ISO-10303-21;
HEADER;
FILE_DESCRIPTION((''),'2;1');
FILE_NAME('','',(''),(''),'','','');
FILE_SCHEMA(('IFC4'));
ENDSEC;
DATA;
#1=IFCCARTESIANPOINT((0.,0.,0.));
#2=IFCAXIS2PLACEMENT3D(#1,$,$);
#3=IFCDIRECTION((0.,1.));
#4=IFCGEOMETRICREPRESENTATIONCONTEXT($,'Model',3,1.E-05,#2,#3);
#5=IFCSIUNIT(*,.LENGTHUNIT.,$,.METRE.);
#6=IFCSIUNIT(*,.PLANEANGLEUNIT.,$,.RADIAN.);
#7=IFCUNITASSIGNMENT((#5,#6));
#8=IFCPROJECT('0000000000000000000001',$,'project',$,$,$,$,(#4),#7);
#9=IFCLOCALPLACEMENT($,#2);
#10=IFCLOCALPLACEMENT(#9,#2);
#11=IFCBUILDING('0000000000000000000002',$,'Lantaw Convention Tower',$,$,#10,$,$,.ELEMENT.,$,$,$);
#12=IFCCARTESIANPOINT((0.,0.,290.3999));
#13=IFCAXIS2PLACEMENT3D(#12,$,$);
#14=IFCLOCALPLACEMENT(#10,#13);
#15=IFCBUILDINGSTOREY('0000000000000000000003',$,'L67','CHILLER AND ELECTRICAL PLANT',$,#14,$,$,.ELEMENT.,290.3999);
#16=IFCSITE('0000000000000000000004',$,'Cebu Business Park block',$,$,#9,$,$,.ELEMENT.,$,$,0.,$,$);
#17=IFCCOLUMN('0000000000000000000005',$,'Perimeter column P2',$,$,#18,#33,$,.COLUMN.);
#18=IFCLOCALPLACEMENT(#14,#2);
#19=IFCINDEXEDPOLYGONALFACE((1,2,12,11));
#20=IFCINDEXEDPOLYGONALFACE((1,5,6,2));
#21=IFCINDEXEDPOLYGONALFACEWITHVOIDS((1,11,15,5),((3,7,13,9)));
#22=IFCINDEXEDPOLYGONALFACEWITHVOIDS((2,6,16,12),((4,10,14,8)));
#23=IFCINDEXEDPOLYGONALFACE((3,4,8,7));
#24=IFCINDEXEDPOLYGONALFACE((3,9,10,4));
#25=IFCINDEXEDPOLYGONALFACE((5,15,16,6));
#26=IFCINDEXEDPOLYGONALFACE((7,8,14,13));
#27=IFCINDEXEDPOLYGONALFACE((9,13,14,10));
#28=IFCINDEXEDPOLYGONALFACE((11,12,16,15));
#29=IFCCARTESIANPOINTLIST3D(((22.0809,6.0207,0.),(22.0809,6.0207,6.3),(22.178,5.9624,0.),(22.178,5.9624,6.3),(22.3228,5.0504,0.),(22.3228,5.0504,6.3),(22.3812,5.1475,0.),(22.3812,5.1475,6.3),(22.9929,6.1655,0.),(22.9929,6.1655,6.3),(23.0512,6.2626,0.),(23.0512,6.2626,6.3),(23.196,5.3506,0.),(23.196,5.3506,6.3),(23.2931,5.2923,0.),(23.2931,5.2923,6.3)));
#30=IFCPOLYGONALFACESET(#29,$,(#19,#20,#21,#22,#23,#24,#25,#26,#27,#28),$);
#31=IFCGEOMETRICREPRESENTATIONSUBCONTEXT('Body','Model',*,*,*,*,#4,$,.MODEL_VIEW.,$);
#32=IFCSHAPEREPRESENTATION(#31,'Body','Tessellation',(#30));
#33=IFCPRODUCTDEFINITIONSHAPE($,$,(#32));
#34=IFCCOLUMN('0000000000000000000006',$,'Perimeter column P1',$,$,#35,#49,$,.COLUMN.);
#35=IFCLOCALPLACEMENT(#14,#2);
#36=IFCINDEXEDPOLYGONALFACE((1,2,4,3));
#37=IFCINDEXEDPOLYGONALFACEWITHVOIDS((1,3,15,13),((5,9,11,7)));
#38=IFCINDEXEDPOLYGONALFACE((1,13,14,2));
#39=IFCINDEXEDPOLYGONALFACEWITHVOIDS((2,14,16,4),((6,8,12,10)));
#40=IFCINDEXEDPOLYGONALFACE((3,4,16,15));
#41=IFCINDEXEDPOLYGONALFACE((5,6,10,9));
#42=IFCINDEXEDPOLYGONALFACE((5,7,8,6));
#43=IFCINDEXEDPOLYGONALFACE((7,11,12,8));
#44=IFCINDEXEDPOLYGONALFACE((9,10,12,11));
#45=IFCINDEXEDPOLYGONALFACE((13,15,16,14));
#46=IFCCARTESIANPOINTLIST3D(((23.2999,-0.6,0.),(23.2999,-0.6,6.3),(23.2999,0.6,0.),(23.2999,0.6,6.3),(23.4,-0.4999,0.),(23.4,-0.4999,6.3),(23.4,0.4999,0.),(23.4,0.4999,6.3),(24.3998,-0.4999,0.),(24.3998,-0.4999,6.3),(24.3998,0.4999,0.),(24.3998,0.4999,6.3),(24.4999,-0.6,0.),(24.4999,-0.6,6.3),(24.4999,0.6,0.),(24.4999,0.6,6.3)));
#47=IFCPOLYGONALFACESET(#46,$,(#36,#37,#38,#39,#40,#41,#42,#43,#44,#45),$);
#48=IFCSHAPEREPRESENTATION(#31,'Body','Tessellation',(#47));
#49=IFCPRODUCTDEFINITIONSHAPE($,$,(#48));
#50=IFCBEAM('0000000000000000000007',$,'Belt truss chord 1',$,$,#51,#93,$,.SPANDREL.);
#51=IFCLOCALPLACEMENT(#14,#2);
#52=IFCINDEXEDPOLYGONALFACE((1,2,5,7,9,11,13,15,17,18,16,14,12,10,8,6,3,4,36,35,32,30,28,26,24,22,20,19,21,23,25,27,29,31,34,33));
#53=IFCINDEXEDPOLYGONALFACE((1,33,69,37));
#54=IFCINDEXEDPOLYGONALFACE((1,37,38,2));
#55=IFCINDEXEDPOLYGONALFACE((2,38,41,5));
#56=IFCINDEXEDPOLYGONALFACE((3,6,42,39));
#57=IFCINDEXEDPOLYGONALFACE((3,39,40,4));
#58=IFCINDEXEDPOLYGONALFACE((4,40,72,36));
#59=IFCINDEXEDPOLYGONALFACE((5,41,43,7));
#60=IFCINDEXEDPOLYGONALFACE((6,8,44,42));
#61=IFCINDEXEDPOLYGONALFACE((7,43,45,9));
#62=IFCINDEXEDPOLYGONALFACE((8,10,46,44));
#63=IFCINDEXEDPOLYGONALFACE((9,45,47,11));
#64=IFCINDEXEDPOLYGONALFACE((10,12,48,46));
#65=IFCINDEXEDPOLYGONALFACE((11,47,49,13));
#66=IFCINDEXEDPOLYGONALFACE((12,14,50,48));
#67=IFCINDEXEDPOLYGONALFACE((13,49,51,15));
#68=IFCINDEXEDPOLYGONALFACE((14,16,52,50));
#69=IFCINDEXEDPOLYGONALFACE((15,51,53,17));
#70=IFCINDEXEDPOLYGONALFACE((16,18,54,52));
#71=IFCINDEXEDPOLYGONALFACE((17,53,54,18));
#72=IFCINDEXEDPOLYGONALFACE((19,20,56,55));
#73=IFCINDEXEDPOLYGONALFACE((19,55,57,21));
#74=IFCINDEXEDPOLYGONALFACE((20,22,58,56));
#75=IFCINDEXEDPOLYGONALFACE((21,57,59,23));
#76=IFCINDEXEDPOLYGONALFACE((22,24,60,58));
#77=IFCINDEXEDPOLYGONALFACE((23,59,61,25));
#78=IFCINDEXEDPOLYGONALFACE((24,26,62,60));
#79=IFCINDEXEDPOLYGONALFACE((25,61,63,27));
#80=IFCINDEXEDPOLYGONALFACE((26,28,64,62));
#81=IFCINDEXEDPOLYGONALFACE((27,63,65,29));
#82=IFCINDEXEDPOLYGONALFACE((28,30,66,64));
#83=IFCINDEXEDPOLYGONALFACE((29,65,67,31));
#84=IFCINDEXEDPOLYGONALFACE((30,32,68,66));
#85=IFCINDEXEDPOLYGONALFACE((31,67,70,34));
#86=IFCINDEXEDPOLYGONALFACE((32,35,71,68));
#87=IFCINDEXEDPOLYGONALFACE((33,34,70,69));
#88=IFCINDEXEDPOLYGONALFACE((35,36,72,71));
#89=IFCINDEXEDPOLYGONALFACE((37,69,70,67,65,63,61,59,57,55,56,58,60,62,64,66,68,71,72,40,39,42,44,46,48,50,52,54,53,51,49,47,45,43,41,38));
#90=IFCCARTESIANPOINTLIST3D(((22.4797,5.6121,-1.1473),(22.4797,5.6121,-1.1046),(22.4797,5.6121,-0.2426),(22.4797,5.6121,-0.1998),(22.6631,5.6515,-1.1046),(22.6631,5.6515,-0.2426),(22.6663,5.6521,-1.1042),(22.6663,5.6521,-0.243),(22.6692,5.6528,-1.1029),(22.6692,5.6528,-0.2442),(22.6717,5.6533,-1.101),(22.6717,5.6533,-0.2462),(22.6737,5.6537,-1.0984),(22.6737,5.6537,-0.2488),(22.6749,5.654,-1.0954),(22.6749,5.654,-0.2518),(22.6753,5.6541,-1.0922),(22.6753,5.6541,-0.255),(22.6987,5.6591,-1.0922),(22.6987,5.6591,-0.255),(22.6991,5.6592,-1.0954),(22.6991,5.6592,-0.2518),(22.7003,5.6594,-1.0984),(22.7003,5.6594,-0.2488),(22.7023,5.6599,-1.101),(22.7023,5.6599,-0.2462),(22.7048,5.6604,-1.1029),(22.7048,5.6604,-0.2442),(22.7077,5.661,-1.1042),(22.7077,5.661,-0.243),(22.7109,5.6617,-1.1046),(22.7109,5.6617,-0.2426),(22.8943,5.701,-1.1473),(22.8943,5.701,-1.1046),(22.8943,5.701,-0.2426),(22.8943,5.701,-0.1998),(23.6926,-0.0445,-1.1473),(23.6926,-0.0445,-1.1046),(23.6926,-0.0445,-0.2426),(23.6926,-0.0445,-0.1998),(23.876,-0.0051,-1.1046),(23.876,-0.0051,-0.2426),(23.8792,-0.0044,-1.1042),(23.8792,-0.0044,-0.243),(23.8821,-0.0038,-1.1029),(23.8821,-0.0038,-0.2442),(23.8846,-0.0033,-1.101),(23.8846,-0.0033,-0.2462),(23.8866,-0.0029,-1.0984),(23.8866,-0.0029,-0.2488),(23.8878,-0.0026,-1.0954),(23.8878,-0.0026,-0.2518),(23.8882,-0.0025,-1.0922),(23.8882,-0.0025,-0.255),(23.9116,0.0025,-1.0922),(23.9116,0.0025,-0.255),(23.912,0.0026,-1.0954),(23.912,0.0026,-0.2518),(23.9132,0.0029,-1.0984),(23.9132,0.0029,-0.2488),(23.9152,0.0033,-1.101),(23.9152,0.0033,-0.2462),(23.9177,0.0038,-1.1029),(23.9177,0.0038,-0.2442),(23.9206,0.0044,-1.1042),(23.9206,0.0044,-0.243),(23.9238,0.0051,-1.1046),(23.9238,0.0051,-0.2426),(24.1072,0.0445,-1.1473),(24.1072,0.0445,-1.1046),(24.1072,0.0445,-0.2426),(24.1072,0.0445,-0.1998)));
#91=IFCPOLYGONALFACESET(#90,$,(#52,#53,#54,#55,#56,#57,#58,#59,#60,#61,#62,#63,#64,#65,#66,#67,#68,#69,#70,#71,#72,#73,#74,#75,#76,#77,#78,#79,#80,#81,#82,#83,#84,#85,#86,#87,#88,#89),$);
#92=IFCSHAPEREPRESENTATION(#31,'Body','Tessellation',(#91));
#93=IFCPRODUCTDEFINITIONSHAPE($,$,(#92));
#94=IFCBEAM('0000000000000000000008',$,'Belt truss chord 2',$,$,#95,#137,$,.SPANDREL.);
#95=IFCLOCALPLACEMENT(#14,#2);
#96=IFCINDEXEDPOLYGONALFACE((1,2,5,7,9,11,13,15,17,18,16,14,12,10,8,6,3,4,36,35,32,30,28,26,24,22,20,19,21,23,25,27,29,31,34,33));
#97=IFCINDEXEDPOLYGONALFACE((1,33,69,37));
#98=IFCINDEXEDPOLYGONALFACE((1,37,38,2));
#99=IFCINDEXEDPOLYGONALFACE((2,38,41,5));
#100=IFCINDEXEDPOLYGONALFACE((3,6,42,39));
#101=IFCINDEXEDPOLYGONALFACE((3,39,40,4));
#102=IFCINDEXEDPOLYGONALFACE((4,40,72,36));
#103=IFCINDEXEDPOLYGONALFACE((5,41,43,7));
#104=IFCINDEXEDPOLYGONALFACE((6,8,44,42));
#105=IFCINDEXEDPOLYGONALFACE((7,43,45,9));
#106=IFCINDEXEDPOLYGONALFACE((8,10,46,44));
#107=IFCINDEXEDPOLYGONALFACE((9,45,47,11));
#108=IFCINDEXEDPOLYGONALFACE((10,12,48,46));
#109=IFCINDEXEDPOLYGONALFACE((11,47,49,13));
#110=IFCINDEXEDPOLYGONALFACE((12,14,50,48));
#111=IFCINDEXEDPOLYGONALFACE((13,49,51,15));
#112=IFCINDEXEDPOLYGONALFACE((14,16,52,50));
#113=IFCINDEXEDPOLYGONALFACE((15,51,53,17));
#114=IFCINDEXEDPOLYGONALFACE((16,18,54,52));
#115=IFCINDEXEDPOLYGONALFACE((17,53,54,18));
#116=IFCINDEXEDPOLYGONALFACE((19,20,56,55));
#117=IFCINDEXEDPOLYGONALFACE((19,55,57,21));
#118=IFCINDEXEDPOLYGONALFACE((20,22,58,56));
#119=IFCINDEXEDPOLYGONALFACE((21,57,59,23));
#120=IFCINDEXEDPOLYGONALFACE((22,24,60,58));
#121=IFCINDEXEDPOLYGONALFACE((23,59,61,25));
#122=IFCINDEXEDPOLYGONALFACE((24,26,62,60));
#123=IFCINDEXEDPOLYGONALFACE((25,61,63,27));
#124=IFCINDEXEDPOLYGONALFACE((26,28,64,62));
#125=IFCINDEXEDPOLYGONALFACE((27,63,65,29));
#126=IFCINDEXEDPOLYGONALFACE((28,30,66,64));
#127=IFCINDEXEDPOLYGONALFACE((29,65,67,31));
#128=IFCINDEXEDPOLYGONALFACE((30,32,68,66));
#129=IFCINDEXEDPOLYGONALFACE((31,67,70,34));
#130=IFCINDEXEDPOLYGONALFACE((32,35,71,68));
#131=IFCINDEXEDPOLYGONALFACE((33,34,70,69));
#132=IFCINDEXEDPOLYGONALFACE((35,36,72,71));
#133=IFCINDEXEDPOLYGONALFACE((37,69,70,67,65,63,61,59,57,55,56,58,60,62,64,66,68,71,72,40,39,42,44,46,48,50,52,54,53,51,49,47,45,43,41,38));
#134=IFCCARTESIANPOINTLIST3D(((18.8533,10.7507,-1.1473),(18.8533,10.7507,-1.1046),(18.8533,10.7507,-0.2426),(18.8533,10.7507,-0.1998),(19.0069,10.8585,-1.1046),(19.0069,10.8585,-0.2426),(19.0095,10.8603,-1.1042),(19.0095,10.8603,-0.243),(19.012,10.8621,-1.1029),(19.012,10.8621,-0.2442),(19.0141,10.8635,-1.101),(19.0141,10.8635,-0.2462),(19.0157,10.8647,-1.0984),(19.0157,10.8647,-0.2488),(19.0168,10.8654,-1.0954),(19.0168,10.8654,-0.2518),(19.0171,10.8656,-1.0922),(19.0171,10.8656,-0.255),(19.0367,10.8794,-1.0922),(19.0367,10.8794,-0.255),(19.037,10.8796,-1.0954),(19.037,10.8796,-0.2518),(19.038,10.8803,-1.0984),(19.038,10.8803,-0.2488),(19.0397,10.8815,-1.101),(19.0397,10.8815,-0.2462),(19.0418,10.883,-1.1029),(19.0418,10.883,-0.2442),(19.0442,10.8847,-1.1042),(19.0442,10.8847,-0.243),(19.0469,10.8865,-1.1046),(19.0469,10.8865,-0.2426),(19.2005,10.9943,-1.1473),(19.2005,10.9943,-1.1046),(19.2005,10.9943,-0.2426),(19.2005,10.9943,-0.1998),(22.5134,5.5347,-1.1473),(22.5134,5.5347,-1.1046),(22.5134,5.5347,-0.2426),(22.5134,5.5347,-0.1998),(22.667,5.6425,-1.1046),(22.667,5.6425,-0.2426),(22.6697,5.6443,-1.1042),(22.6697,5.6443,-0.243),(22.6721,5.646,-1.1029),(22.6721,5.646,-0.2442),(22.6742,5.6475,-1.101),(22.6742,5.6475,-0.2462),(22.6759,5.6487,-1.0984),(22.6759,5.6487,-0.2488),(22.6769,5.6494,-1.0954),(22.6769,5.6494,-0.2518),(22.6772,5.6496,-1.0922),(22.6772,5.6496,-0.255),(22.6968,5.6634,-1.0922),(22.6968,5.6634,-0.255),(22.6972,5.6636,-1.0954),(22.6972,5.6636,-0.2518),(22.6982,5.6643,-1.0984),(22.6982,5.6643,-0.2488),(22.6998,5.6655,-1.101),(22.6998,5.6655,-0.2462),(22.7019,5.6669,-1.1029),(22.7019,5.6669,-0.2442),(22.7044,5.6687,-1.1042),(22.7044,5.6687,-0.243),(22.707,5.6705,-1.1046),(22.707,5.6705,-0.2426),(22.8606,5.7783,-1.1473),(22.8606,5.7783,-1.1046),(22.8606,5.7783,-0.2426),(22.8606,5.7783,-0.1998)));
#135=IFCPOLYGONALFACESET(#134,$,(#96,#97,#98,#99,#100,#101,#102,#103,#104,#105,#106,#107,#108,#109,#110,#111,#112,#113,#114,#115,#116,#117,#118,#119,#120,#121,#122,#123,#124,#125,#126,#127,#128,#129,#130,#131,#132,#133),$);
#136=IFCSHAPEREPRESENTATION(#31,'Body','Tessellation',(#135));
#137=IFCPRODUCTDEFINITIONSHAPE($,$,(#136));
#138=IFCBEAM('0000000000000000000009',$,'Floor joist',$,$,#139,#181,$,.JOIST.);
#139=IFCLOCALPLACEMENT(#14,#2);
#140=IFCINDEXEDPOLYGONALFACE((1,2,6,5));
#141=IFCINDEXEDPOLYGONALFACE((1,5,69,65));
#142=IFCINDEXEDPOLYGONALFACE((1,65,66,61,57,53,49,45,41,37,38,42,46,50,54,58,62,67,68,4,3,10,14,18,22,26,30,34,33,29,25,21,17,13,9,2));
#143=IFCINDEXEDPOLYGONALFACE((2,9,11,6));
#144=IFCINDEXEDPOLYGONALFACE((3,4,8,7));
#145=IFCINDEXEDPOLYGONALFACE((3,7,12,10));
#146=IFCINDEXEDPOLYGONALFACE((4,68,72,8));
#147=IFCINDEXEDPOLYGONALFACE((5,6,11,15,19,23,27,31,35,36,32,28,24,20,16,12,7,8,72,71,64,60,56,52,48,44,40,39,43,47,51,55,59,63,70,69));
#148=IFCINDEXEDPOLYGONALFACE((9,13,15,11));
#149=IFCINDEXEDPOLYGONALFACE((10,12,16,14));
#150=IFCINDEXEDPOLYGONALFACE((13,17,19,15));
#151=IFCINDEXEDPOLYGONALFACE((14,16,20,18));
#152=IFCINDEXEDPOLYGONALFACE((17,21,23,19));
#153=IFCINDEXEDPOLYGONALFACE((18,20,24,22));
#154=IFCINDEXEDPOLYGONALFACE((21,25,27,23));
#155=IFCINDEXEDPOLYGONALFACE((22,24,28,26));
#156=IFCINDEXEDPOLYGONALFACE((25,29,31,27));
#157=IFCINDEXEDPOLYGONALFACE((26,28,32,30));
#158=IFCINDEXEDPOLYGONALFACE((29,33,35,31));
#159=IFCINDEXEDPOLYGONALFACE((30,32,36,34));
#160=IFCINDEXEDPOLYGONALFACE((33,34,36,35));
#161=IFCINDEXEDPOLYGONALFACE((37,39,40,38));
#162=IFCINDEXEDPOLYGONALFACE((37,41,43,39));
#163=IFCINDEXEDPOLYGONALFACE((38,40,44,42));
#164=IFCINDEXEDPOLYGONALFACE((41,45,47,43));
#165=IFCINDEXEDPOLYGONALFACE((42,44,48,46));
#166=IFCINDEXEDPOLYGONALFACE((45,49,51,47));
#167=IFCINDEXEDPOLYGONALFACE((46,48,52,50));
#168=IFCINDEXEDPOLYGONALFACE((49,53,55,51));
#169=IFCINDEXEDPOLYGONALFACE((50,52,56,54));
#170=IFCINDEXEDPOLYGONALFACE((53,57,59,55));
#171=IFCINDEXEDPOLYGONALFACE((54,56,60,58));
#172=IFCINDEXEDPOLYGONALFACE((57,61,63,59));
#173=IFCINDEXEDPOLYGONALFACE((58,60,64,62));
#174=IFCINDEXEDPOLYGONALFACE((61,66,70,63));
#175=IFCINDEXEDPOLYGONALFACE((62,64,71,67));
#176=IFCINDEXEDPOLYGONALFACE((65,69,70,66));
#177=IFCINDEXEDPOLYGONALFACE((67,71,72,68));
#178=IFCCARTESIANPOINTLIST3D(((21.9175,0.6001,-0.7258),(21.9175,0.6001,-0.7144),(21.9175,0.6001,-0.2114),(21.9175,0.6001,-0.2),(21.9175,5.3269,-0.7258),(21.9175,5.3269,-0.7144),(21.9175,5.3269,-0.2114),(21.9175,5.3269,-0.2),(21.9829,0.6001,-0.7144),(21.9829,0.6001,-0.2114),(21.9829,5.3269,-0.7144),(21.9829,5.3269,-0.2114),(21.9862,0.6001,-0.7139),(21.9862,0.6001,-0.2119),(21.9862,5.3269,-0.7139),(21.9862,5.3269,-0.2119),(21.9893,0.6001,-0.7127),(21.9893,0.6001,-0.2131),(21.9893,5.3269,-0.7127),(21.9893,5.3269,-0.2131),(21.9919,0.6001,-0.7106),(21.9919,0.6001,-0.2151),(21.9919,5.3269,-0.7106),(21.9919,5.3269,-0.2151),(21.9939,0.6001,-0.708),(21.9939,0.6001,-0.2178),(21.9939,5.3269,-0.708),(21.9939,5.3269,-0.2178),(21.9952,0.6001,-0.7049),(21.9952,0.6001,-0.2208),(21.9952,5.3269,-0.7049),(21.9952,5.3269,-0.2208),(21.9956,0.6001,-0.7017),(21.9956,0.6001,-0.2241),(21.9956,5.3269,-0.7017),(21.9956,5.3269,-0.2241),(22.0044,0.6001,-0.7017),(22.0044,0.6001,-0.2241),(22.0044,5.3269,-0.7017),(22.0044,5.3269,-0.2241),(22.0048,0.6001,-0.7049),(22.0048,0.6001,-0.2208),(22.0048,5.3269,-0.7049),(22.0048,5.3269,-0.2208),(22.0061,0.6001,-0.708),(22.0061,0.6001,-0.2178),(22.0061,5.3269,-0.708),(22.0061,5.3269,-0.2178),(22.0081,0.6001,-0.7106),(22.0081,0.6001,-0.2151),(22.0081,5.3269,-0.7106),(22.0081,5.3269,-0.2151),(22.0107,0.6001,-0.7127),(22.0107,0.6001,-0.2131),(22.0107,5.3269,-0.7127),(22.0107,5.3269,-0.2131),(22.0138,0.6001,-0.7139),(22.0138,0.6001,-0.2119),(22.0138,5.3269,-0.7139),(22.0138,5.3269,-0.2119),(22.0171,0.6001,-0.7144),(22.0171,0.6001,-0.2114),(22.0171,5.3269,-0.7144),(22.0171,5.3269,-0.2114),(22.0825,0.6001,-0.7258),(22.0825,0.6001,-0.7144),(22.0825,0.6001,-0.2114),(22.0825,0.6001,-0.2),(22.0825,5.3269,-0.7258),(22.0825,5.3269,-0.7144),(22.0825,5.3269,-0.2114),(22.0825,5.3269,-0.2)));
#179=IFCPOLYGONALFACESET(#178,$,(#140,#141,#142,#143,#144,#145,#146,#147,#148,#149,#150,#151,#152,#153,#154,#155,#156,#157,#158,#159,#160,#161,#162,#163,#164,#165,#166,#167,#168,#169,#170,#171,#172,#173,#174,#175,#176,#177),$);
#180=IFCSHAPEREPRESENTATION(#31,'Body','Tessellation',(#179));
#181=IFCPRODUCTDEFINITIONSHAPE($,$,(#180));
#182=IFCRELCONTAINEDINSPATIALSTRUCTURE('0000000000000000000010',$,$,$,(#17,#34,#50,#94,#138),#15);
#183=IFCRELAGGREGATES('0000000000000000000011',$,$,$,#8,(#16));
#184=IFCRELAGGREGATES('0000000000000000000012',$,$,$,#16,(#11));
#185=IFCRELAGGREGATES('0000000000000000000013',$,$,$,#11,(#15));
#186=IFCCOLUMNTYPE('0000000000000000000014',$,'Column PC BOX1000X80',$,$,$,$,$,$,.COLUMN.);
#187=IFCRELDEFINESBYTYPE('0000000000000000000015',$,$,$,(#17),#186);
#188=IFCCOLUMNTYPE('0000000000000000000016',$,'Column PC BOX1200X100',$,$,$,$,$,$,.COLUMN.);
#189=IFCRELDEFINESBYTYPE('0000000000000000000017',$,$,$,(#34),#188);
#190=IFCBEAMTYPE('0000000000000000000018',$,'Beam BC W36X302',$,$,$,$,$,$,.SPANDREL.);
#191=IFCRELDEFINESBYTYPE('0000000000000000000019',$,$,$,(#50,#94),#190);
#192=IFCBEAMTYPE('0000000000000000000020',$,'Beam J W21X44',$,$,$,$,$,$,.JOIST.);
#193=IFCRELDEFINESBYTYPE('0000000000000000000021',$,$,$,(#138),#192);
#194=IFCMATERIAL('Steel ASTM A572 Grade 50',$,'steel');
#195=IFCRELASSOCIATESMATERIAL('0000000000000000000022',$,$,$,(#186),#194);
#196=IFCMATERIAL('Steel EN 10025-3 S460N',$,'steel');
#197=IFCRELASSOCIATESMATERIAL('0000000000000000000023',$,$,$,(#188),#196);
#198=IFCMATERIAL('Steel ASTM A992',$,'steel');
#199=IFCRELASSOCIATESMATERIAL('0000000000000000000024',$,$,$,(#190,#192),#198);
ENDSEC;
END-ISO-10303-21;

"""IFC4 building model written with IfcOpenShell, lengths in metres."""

from ifc_helpers import new_model, si_unit, direction, frame, origin, origin_2d, place, context, subcontext, project, spatial, rectangle, hollow_rectangle, i_section, extrude, material, material_profile, profile_set, type_object, element, save


model = new_model("IFC4")

# Units and contexts
model_context = context("Model", 3, precision=1e-05, world=origin(), true_north=direction((0.0, 1.0)))
body_context = subcontext(model_context, "Body", "Model", "MODEL_VIEW")
ifc_project = project(units=[si_unit("LENGTHUNIT", "METRE"), si_unit("PLANEANGLEUNIT", "RADIAN")], contexts=[model_context])

# Site, building, storey
site_placement = place(None, origin())
site = spatial("IfcSite", under=ifc_project, at=site_placement, Name="Cebu Business Park block", CompositionType="ELEMENT", RefElevation=0.0)
building_placement = place(site_placement, origin())
building = spatial("IfcBuilding", under=site, at=building_placement, Name="Lantaw Convention Tower", CompositionType="ELEMENT")
storey_placement = place(building_placement, frame((0.0, 0.0, 290.3999)))
storey = spatial("IfcBuildingStorey", under=building, at=storey_placement, Name="L67", Description="CHILLER AND ELECTRICAL PLANT", CompositionType="ELEMENT", Elevation=290.3999)

# Columns
ifc_material_1 = material(Name="Steel ASTM A572 Grade 50", Category="steel")
ifc_material_profile_1 = material_profile(ifc_material_1, hollow_rectangle(XDim=1.0, YDim=1.0, WallThickness=0.0801, at=origin_2d()), Name="BOX1000X80")
ifc_material_2 = material(Name="Concrete C60/75", Category="concrete")
ifc_material_profile_2 = material_profile(ifc_material_2, rectangle(XDim=0.8401, YDim=0.8401, at=origin_2d()), Name="Concrete fill of BOX1000X80")
ifc_profile_set_1 = profile_set([ifc_material_profile_1, ifc_material_profile_2], Name="Steel ASTM A572 Grade 50")
column_type_1 = type_object("IfcColumnType", Name="Column PC BOX1000X80", PredefinedType="COLUMN", material=ifc_profile_set_1)
column_1_placement = place(storey_placement, frame((22.687, 5.6565, 0.0), z_axis=(0.0, 0.0, 1.0), x_axis=(0.970296, 0.241922, 0.0)))
element("IfcColumn", 1, at=column_1_placement, inside=storey, type_object=column_type_1, Name="Perimeter column P2", PredefinedType="COLUMN", context=body_context, shape_type="SweptSolid", body=[
    extrude(hollow_rectangle(XDim=1.0, YDim=1.0, WallThickness=0.0801, at=origin_2d()), origin(), (0.0, 0.0, 1.0), 6.3),
])
ifc_material_3 = material(Name="Steel EN 10025-3 S460N", Category="steel")
ifc_material_profile_3 = material_profile(ifc_material_3, hollow_rectangle(XDim=1.2, YDim=1.2, WallThickness=0.1001, at=origin_2d()), Name="BOX1200X100")
ifc_material_profile_4 = material_profile(ifc_material_2, rectangle(XDim=1.0, YDim=1.0, at=origin_2d()), Name="Concrete fill of BOX1200X100")
ifc_profile_set_2 = profile_set([ifc_material_profile_3, ifc_material_profile_4], Name="Steel EN 10025-3 S460N")
column_type_2 = type_object("IfcColumnType", Name="Column PC BOX1200X100", PredefinedType="COLUMN", material=ifc_profile_set_2)
column_2_placement = place(storey_placement, frame((23.8999, 0.0, 0.0), z_axis=(0.0, 0.0, 1.0), x_axis=(1.0, 0.0, 0.0)))
element("IfcColumn", 2, at=column_2_placement, inside=storey, type_object=column_type_2, Name="Perimeter column P1", PredefinedType="COLUMN", context=body_context, shape_type="SweptSolid", body=[
    extrude(hollow_rectangle(XDim=1.2, YDim=1.2, WallThickness=0.1001, at=origin_2d()), origin(), (0.0, 0.0, 1.0), 6.3),
])

# Beams
ifc_material_4 = material(Name="Steel ASTM A992", Category="steel")
ifc_material_profile_5 = material_profile(ifc_material_4, i_section(OverallWidth=0.4241, OverallDepth=0.9475, WebThickness=0.0239, FlangeThickness=0.0427, FilletRadius=0.0125, at=origin_2d()), Name="W36X302")
ifc_profile_set_3 = profile_set([ifc_material_profile_5], Name="Steel ASTM A992")
beam_type_1 = type_object("IfcBeamType", Name="Beam BC W36X302", PredefinedType="SPANDREL", material=ifc_profile_set_3)
beam_1_placement = place(storey_placement, frame((23.8999, 0.0, -0.6736), z_axis=(-0.209659, 0.977775, 0.0), x_axis=(-0.977775, -0.209659, 0.0)))
element("IfcBeam", 3, at=beam_1_placement, inside=storey, type_object=beam_type_1, Name="Belt truss chord 1", PredefinedType="SPANDREL", context=body_context, shape_type="SweptSolid", body=[
    extrude(i_section(OverallWidth=0.4241, OverallDepth=0.9475, WebThickness=0.0239, FlangeThickness=0.0427, FilletRadius=0.0125, at=origin_2d()), origin(), (0.0, 0.0, 1.0), 5.7852),
])
beam_2_placement = place(storey_placement, frame((22.687, 5.6565, -0.6736), z_axis=(-0.574401, 0.818574, 0.0), x_axis=(-0.818574, -0.574401, 0.0)))
element("IfcBeam", 4, at=beam_2_placement, inside=storey, type_object=beam_type_1, Name="Belt truss chord 2", PredefinedType="SPANDREL", context=body_context, shape_type="SweptSolid", body=[
    extrude(i_section(OverallWidth=0.4241, OverallDepth=0.9475, WebThickness=0.0239, FlangeThickness=0.0427, FilletRadius=0.0125, at=origin_2d()), origin(), (0.0, 0.0, 1.0), 6.3721),
])
ifc_material_profile_6 = material_profile(ifc_material_4, i_section(OverallWidth=0.165, OverallDepth=0.5259, WebThickness=0.0088, FlangeThickness=0.0115, FilletRadius=0.0127, at=origin_2d()), Name="W21X44")
ifc_profile_set_4 = profile_set([ifc_material_profile_6], Name="Steel ASTM A992")
beam_type_2 = type_object("IfcBeamType", Name="Beam J W21X44", PredefinedType="JOIST", material=ifc_profile_set_4)
beam_3_placement = place(storey_placement, frame((22.0, 0.6001, -0.4629), z_axis=(0.0, 1.0, 0.0), x_axis=(-1.0, 0.0, 0.0)))
element("IfcBeam", 5, at=beam_3_placement, inside=storey, type_object=beam_type_2, Name="Floor joist", PredefinedType="JOIST", context=body_context, shape_type="SweptSolid", body=[
    extrude(i_section(OverallWidth=0.165, OverallDepth=0.5259, WebThickness=0.0088, FlangeThickness=0.0115, FilletRadius=0.0127, at=origin_2d()), origin(), (0.0, 0.0, 1.0), 4.7268),
])

save(model, "model.ifc")
